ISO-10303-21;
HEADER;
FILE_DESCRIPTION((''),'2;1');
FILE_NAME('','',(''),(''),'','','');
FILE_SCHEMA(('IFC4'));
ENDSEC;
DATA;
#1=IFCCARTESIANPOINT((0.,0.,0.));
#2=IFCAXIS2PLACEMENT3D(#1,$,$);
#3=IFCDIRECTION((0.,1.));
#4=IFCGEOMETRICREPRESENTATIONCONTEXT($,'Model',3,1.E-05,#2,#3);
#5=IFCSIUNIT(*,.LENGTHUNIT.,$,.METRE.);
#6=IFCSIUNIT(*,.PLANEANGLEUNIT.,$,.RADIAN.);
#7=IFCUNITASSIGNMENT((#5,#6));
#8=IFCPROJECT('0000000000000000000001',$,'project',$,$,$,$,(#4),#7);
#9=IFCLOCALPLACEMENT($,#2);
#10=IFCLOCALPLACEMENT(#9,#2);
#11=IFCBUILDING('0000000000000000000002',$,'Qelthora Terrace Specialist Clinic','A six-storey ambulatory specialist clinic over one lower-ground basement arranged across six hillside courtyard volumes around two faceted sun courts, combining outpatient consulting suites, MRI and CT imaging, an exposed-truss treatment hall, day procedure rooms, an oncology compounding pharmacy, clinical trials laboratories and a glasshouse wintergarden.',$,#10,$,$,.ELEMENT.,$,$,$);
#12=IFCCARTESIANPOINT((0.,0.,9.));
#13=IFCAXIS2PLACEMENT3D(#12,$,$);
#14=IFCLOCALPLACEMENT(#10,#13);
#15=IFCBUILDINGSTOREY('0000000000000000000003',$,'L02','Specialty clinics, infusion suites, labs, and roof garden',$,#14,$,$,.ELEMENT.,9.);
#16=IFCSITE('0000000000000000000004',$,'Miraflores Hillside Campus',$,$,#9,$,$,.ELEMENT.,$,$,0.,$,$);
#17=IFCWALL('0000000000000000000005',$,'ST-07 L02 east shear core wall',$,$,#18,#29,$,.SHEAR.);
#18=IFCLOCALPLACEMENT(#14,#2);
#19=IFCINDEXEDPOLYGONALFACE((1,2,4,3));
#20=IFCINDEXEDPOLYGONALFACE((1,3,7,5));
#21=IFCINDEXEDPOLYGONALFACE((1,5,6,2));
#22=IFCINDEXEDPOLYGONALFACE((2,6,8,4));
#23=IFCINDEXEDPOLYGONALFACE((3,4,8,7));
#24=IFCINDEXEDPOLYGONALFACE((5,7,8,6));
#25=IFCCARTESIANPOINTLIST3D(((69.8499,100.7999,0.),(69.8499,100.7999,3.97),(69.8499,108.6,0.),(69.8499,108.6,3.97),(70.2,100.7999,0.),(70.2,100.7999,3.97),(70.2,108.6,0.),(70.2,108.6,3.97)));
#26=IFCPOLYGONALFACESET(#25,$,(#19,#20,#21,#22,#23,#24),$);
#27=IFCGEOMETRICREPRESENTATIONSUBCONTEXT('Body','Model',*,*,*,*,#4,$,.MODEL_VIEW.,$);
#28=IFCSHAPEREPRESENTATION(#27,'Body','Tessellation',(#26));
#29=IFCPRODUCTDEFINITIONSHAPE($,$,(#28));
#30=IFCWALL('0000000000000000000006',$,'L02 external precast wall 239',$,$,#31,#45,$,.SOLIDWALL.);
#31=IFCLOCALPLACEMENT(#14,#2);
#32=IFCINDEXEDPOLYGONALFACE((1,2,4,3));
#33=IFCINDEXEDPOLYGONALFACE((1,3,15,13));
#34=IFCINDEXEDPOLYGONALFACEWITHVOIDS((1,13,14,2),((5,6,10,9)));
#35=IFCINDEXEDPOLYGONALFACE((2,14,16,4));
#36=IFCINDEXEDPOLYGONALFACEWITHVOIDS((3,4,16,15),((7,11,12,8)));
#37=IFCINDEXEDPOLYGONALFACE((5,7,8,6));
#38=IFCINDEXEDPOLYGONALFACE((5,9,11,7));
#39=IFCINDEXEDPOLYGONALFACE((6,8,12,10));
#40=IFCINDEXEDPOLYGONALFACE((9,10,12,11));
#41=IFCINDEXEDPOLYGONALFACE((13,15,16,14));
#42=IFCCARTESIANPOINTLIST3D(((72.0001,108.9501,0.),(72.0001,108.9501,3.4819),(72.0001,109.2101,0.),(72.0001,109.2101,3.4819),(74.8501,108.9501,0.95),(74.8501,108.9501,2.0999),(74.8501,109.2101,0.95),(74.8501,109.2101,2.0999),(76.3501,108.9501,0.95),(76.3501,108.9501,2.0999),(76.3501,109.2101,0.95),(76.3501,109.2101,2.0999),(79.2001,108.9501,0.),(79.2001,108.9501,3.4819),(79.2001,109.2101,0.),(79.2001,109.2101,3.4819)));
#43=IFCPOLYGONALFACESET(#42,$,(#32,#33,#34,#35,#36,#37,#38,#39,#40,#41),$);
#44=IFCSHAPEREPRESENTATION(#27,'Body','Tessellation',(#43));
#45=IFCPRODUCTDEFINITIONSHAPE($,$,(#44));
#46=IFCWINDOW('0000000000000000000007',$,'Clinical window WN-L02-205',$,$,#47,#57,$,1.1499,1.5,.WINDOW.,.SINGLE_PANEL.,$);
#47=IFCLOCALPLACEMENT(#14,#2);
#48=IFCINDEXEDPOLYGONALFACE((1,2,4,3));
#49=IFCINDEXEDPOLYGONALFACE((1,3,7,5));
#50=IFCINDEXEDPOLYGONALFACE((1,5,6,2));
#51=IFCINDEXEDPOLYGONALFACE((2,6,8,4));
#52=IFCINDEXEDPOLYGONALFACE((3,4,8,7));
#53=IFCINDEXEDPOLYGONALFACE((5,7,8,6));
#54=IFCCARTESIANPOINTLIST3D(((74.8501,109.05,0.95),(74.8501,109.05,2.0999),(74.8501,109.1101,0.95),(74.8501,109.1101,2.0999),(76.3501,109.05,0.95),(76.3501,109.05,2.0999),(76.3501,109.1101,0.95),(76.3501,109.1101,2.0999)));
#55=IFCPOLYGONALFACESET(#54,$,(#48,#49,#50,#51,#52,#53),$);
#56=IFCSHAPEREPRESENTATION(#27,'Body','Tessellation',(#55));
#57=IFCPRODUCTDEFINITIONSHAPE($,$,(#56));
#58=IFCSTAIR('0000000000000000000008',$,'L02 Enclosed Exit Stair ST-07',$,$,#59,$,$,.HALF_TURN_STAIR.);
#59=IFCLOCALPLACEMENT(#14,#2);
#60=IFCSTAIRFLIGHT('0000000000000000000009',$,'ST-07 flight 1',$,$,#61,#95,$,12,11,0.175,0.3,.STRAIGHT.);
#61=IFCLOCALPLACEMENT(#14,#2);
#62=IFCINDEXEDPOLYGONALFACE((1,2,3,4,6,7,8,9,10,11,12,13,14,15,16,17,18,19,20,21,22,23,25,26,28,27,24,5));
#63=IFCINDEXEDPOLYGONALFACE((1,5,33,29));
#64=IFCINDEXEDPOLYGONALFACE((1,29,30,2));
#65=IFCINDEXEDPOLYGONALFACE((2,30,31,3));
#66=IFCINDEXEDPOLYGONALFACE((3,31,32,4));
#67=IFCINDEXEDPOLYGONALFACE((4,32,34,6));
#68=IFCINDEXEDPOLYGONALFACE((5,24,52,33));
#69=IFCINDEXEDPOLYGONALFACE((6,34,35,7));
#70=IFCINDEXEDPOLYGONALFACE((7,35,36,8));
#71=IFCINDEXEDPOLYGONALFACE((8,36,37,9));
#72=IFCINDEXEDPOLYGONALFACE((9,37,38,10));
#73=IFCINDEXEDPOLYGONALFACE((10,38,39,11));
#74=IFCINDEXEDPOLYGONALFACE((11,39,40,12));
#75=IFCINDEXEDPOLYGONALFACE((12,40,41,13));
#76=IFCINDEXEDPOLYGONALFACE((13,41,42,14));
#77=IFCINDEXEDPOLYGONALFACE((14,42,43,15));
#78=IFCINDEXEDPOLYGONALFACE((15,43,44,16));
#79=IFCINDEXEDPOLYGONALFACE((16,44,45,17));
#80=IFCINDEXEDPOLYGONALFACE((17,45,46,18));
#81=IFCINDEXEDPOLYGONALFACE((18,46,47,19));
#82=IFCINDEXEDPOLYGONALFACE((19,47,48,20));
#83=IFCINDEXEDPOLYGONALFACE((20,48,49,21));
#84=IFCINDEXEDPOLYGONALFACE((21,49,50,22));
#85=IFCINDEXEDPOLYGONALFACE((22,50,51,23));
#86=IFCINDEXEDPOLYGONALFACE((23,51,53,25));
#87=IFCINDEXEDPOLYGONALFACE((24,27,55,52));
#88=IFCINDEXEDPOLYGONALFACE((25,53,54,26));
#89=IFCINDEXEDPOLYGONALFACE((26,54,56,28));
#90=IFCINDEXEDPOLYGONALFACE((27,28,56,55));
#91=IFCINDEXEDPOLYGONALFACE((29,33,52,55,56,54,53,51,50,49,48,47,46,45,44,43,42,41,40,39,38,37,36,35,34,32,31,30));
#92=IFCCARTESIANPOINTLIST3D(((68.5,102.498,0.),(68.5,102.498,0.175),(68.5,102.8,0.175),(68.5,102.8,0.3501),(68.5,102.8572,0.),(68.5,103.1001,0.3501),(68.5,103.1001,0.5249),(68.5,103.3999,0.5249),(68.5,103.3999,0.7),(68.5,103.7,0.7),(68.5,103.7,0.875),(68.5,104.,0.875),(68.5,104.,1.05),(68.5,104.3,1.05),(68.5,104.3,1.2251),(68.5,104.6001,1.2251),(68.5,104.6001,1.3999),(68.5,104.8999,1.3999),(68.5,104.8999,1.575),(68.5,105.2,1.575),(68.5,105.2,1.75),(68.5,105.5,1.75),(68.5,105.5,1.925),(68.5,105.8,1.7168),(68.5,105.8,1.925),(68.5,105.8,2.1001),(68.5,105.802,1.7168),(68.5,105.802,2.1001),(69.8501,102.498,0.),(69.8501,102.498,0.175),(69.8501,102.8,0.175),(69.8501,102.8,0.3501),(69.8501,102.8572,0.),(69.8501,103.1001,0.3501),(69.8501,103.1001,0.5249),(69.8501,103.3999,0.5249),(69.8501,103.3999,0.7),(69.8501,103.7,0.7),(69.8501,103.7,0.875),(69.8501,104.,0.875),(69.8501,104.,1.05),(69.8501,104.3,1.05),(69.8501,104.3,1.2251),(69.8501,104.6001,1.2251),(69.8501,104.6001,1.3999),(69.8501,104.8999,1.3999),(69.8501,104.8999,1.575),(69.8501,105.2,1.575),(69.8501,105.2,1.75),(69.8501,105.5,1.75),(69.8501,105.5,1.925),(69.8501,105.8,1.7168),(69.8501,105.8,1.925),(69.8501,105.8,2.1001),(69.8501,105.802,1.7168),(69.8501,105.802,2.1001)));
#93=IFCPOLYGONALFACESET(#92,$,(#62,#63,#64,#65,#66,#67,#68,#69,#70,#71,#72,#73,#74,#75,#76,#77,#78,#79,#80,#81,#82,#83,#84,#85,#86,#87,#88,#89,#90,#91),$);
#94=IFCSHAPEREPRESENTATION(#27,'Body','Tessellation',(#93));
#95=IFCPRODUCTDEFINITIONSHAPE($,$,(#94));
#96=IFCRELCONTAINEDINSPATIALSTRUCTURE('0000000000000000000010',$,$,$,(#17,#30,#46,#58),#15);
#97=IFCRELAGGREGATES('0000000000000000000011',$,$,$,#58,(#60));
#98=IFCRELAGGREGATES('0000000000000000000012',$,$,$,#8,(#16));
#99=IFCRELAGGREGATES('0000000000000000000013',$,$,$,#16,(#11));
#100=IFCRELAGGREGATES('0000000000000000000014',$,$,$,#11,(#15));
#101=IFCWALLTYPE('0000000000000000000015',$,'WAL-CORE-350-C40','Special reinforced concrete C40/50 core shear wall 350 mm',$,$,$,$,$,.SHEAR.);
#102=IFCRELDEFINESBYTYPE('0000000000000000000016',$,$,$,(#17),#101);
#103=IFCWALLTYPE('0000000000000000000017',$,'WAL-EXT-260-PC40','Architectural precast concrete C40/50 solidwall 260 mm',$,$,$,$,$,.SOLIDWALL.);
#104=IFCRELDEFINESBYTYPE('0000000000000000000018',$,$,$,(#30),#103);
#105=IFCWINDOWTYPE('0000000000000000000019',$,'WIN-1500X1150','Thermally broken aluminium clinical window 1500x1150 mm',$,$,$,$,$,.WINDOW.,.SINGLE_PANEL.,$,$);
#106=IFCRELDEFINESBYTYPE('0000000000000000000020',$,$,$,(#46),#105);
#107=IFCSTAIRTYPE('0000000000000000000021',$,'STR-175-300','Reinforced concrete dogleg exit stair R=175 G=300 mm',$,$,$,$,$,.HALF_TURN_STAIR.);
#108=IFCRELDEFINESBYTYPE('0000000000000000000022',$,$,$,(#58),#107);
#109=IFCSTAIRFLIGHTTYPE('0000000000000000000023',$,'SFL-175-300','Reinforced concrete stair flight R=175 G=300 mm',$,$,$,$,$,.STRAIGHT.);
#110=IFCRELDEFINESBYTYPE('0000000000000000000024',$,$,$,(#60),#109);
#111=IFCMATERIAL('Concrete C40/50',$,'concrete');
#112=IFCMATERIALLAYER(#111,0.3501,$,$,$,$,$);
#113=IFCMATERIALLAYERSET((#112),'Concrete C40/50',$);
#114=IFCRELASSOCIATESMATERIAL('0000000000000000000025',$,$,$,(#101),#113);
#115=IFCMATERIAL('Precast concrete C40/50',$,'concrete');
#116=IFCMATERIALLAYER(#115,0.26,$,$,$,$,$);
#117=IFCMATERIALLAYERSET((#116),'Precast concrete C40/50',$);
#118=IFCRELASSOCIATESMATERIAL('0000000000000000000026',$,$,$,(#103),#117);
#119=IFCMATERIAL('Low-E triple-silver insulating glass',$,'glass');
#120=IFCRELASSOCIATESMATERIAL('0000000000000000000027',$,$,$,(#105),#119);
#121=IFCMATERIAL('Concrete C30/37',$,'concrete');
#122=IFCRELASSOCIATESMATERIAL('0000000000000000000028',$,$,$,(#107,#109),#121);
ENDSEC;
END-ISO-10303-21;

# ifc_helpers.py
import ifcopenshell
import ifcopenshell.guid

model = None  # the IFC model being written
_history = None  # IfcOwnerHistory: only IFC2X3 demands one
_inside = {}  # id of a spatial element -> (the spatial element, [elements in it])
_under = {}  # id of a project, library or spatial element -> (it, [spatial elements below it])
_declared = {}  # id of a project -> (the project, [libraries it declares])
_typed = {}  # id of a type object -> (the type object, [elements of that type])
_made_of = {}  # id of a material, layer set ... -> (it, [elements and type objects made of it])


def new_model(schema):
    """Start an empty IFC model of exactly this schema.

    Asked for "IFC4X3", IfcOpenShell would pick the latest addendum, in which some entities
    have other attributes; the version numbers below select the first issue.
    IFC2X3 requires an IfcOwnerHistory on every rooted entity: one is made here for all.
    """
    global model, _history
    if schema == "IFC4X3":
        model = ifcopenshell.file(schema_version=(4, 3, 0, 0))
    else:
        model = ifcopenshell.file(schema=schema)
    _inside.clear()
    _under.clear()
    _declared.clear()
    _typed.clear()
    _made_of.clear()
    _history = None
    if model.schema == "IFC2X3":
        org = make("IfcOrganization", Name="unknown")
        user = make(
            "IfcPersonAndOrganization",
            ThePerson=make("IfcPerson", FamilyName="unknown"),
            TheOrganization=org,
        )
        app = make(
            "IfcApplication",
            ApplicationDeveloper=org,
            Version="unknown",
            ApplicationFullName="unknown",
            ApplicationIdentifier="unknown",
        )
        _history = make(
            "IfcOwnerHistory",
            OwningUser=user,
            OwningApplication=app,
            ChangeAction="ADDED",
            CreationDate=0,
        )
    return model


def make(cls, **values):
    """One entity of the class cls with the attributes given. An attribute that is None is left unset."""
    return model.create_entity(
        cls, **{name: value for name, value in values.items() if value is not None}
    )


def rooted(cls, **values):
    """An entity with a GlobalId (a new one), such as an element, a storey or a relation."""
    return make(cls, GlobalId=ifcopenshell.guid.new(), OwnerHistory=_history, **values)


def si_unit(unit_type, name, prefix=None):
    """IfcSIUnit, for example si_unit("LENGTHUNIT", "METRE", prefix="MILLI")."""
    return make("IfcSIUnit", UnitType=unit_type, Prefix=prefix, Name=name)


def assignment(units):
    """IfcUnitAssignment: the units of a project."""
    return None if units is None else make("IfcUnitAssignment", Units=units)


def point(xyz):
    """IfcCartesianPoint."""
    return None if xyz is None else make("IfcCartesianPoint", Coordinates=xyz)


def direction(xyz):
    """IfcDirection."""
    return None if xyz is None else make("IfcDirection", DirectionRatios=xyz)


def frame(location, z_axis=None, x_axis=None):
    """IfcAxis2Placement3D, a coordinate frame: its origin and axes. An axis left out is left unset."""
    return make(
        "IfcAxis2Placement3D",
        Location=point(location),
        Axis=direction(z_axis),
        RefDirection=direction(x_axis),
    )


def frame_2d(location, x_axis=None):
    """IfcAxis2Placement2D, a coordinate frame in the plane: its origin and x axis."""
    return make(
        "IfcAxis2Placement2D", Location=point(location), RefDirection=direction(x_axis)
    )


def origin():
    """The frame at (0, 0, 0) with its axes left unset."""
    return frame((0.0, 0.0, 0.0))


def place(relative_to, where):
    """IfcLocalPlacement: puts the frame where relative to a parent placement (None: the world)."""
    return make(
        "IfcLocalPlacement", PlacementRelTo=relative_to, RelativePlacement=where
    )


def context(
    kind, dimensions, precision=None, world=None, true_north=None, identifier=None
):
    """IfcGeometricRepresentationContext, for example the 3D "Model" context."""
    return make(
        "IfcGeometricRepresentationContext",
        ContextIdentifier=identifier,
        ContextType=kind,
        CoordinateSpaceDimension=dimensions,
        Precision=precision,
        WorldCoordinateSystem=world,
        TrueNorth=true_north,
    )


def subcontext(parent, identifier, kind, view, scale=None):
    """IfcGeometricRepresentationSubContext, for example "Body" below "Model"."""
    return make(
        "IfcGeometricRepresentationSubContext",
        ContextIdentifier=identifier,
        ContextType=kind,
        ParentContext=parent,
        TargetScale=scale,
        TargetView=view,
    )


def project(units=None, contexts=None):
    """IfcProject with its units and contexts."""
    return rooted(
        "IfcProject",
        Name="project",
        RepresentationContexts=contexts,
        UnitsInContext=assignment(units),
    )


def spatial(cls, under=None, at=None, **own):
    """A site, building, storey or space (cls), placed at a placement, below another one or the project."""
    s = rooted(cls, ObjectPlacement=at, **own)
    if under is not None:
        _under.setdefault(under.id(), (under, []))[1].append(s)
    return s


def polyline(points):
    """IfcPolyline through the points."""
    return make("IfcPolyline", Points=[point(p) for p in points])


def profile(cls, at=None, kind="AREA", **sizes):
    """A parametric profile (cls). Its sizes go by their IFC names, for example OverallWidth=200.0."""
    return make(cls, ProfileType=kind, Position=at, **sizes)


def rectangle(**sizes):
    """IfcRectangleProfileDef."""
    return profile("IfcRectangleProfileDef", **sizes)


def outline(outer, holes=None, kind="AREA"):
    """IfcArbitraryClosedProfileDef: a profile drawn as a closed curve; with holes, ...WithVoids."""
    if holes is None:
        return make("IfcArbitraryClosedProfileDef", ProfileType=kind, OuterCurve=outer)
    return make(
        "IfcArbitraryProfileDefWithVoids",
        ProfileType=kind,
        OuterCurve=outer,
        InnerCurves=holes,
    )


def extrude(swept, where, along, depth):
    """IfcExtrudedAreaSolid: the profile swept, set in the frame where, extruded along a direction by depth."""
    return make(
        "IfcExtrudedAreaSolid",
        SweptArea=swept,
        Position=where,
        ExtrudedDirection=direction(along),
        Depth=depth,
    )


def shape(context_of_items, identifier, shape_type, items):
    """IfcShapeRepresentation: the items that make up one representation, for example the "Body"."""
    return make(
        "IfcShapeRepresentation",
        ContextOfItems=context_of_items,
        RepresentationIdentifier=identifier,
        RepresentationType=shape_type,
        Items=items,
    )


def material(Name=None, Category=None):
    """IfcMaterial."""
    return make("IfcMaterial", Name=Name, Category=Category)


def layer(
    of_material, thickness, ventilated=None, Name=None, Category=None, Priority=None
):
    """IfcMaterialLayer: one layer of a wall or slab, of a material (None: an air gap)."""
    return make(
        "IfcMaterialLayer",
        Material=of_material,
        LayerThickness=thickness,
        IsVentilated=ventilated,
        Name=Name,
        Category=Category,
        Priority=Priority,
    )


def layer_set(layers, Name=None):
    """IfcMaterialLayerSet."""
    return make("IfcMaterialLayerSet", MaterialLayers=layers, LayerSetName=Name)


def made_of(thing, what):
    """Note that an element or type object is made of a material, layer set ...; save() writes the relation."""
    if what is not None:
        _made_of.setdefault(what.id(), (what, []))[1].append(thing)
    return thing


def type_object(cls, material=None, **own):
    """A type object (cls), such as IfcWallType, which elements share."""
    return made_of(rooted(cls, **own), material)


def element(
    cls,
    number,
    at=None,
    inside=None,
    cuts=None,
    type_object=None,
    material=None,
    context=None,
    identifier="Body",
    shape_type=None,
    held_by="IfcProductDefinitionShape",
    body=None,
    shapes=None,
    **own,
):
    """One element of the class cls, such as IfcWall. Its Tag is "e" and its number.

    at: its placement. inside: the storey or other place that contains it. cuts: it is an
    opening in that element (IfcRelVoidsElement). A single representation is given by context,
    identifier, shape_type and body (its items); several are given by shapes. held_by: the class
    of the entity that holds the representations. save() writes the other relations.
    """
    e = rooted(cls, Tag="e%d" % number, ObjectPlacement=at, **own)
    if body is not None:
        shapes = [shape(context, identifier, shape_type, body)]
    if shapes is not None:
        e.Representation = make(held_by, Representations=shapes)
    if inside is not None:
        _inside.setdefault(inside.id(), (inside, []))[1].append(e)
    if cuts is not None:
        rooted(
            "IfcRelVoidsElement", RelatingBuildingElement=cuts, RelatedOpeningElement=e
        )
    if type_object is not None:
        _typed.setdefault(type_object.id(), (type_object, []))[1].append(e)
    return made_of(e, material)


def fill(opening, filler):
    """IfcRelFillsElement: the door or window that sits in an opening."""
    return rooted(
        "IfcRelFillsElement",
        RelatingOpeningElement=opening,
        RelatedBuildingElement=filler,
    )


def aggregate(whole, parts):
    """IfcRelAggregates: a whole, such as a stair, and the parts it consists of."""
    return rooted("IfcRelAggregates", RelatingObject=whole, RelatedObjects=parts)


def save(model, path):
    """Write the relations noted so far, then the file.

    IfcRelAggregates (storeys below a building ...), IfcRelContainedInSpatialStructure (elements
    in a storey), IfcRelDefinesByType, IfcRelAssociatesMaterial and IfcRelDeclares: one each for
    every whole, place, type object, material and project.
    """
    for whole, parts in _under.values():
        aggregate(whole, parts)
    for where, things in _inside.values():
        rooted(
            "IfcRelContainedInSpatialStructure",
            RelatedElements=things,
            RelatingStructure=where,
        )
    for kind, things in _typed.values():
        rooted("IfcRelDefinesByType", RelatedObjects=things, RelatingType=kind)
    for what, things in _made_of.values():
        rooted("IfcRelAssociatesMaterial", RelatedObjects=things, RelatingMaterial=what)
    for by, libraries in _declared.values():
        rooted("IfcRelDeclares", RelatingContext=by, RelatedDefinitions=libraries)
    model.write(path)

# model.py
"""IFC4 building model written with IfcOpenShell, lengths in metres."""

from ifc_helpers import new_model, si_unit, direction, frame, frame_2d, origin, place, context, subcontext, project, spatial, polyline, rectangle, outline, extrude, material, layer, layer_set, type_object, element, fill, aggregate, save


model = new_model("IFC4")

# Units and contexts
model_context = context("Model", 3, precision=1e-05, world=origin(), true_north=direction((0.0, 1.0)))
body_context = subcontext(model_context, "Body", "Model", "MODEL_VIEW")
ifc_project = project(units=[si_unit("LENGTHUNIT", "METRE"), si_unit("PLANEANGLEUNIT", "RADIAN")], contexts=[model_context])

# Site, building, storey
site_placement = place(None, origin())
site = spatial("IfcSite", under=ifc_project, at=site_placement, Name="Miraflores Hillside Campus", CompositionType="ELEMENT", RefElevation=0.0)
building_placement = place(site_placement, origin())
building = spatial("IfcBuilding", under=site, at=building_placement, Name="Qelthora Terrace Specialist Clinic", Description="A six-storey ambulatory specialist clinic over one lower-ground basement arranged across six hillside courtyard volumes around two faceted sun courts, combining outpatient consulting suites, MRI and CT imaging, an exposed-truss treatment hall, day procedure rooms, an oncology compounding pharmacy, clinical trials laboratories and a glasshouse wintergarden.", CompositionType="ELEMENT")
storey_placement = place(building_placement, frame((0.0, 0.0, 9.0)))
storey = spatial("IfcBuildingStorey", under=building, at=storey_placement, Name="L02", Description="Specialty clinics, infusion suites, labs, and roof garden", CompositionType="ELEMENT", Elevation=9.0)

# Shared definitions
ifc_material_1 = material(Name="Concrete C40/50", Category="concrete")

# Wall
ifc_layer_1 = layer(ifc_material_1, 0.3501)
ifc_layer_set_1 = layer_set([ifc_layer_1], Name="Concrete C40/50")
wall_type_1 = type_object("IfcWallType", Name="WAL-CORE-350-C40", Description="Special reinforced concrete C40/50 core shear wall 350 mm", PredefinedType="SHEAR", material=ifc_layer_set_1)
wall_1_placement = place(storey_placement, frame((70.0249, 100.8, 0.0), z_axis=(0.0, 0.0, 1.0), x_axis=(0.0, 1.0, 0.0)))
element("IfcWall", 1, at=wall_1_placement, inside=storey, type_object=wall_type_1, Name="ST-07 L02 east shear core wall", PredefinedType="SHEAR", context=body_context, shape_type="SweptSolid", body=[
    extrude(rectangle(XDim=7.8, YDim=0.3501, at=frame_2d((3.8999, 0.0))), origin(), (0.0, 0.0, 1.0), 3.97),
])

# Wall, opening, window
ifc_material_2 = material(Name="Precast concrete C40/50", Category="concrete")
ifc_layer_2 = layer(ifc_material_2, 0.26)
ifc_layer_set_2 = layer_set([ifc_layer_2], Name="Precast concrete C40/50")
wall_type_2 = type_object("IfcWallType", Name="WAL-EXT-260-PC40", Description="Architectural precast concrete C40/50 solidwall 260 mm", PredefinedType="SOLIDWALL", material=ifc_layer_set_2)
wall_2_placement = place(storey_placement, frame((72.0, 109.0801, 0.0), z_axis=(0.0, 0.0, 1.0), x_axis=(1.0, 0.0, 0.0)))
wall_2 = element("IfcWall", 2, at=wall_2_placement, inside=storey, type_object=wall_type_2, Name="L02 external precast wall 239", PredefinedType="SOLIDWALL", context=body_context, shape_type="SweptSolid", body=[
    extrude(rectangle(XDim=7.2, YDim=0.26, at=frame_2d((3.6001, 0.0))), origin(), (0.0, 0.0, 1.0), 3.4819),
])
opening_1_placement = place(wall_2_placement, frame((2.8501, 0.0, 0.95)))
opening_1 = element("IfcOpeningElement", 3, at=opening_1_placement, cuts=wall_2, PredefinedType="OPENING", context=body_context, shape_type="SweptSolid", body=[
    extrude(rectangle(XDim=1.5, YDim=1.1499, at=frame_2d((0.75, 0.575))), frame((0.0, 0.1399, 0.0), z_axis=(0.0, -1.0, 0.0), x_axis=(1.0, 0.0, 0.0)), (0.0, 0.0, 1.0), 0.28),
])
ifc_material_3 = material(Name="Low-E triple-silver insulating glass", Category="glass")
window_type = type_object("IfcWindowType", Name="WIN-1500X1150", Description="Thermally broken aluminium clinical window 1500x1150 mm", PartitioningType="SINGLE_PANEL", PredefinedType="WINDOW", material=ifc_material_3)
window_placement = place(opening_1_placement, origin())
window = element("IfcWindow", 4, at=window_placement, inside=storey, type_object=window_type, Name="Clinical window WN-L02-205", OverallHeight=1.1499, OverallWidth=1.5, PartitioningType="SINGLE_PANEL", PredefinedType="WINDOW", context=body_context, shape_type="SweptSolid", body=[
    extrude(rectangle(XDim=1.5, YDim=1.1499, at=frame_2d((0.75, 0.575))), frame((0.0, 0.03, 0.0), z_axis=(0.0, -1.0, 0.0), x_axis=(1.0, 0.0, 0.0)), (0.0, 0.0, 1.0), 0.0601),
])
fill(opening_1, window)

# Stair, stair flight
ifc_material_4 = material(Name="Concrete C30/37", Category="concrete")
stair_type = type_object("IfcStairType", Name="STR-175-300", Description="Reinforced concrete dogleg exit stair R=175 G=300 mm", PredefinedType="HALF_TURN_STAIR", material=ifc_material_4)
stair_placement = place(storey_placement, origin())
stair = element("IfcStair", 5, at=stair_placement, inside=storey, type_object=stair_type, Name="L02 Enclosed Exit Stair ST-07", PredefinedType="HALF_TURN_STAIR")
stair_flight_type = type_object("IfcStairFlightType", Name="SFL-175-300", Description="Reinforced concrete stair flight R=175 G=300 mm", PredefinedType="STRAIGHT", material=ifc_material_4)
stair_flight_placement = place(storey_placement, frame((69.175, 102.5, 0.0), z_axis=(0.0, 0.0, 1.0), x_axis=(0.0, 1.0, 0.0)))
stair_flight = element("IfcStairFlight", 6, at=stair_flight_placement, type_object=stair_flight_type, Name="ST-07 flight 1", NumberOfRisers=12, NumberOfTreads=11, PredefinedType="STRAIGHT", RiserHeight=0.175, TreadLength=0.3, context=body_context, shape_type="SweptSolid", body=[
    extrude(outline(polyline([(-0.002, 0.0), (-0.002, 0.175), (0.3, 0.175), (0.3, 0.3501), (0.6001, 0.3501), (0.6001, 0.5249), (0.8999, 0.5249), (0.8999, 0.7), (1.2, 0.7), (1.2, 0.875), (1.5, 0.875), (1.5, 1.05), (1.8, 1.05), (1.8, 1.2251), (2.1001, 1.2251), (2.1001, 1.3999), (2.3999, 1.3999), (2.3999, 1.575), (2.7, 1.575), (2.7, 1.75), (3.0, 1.75), (3.0, 1.925), (3.3, 1.925), (3.3, 2.1001), (3.302, 2.1001), (3.302, 1.7168), (3.3, 1.7168), (0.3572, 0.0), (-0.002, 0.0)])), frame((0.0, 0.675, 0.0), z_axis=(0.0, -1.0, 0.0), x_axis=(1.0, 0.0, 0.0)), (0.0, 0.0, 1.0), 1.3501),
])
aggregate(stair, [stair_flight])

save(model, "model.ifc")
